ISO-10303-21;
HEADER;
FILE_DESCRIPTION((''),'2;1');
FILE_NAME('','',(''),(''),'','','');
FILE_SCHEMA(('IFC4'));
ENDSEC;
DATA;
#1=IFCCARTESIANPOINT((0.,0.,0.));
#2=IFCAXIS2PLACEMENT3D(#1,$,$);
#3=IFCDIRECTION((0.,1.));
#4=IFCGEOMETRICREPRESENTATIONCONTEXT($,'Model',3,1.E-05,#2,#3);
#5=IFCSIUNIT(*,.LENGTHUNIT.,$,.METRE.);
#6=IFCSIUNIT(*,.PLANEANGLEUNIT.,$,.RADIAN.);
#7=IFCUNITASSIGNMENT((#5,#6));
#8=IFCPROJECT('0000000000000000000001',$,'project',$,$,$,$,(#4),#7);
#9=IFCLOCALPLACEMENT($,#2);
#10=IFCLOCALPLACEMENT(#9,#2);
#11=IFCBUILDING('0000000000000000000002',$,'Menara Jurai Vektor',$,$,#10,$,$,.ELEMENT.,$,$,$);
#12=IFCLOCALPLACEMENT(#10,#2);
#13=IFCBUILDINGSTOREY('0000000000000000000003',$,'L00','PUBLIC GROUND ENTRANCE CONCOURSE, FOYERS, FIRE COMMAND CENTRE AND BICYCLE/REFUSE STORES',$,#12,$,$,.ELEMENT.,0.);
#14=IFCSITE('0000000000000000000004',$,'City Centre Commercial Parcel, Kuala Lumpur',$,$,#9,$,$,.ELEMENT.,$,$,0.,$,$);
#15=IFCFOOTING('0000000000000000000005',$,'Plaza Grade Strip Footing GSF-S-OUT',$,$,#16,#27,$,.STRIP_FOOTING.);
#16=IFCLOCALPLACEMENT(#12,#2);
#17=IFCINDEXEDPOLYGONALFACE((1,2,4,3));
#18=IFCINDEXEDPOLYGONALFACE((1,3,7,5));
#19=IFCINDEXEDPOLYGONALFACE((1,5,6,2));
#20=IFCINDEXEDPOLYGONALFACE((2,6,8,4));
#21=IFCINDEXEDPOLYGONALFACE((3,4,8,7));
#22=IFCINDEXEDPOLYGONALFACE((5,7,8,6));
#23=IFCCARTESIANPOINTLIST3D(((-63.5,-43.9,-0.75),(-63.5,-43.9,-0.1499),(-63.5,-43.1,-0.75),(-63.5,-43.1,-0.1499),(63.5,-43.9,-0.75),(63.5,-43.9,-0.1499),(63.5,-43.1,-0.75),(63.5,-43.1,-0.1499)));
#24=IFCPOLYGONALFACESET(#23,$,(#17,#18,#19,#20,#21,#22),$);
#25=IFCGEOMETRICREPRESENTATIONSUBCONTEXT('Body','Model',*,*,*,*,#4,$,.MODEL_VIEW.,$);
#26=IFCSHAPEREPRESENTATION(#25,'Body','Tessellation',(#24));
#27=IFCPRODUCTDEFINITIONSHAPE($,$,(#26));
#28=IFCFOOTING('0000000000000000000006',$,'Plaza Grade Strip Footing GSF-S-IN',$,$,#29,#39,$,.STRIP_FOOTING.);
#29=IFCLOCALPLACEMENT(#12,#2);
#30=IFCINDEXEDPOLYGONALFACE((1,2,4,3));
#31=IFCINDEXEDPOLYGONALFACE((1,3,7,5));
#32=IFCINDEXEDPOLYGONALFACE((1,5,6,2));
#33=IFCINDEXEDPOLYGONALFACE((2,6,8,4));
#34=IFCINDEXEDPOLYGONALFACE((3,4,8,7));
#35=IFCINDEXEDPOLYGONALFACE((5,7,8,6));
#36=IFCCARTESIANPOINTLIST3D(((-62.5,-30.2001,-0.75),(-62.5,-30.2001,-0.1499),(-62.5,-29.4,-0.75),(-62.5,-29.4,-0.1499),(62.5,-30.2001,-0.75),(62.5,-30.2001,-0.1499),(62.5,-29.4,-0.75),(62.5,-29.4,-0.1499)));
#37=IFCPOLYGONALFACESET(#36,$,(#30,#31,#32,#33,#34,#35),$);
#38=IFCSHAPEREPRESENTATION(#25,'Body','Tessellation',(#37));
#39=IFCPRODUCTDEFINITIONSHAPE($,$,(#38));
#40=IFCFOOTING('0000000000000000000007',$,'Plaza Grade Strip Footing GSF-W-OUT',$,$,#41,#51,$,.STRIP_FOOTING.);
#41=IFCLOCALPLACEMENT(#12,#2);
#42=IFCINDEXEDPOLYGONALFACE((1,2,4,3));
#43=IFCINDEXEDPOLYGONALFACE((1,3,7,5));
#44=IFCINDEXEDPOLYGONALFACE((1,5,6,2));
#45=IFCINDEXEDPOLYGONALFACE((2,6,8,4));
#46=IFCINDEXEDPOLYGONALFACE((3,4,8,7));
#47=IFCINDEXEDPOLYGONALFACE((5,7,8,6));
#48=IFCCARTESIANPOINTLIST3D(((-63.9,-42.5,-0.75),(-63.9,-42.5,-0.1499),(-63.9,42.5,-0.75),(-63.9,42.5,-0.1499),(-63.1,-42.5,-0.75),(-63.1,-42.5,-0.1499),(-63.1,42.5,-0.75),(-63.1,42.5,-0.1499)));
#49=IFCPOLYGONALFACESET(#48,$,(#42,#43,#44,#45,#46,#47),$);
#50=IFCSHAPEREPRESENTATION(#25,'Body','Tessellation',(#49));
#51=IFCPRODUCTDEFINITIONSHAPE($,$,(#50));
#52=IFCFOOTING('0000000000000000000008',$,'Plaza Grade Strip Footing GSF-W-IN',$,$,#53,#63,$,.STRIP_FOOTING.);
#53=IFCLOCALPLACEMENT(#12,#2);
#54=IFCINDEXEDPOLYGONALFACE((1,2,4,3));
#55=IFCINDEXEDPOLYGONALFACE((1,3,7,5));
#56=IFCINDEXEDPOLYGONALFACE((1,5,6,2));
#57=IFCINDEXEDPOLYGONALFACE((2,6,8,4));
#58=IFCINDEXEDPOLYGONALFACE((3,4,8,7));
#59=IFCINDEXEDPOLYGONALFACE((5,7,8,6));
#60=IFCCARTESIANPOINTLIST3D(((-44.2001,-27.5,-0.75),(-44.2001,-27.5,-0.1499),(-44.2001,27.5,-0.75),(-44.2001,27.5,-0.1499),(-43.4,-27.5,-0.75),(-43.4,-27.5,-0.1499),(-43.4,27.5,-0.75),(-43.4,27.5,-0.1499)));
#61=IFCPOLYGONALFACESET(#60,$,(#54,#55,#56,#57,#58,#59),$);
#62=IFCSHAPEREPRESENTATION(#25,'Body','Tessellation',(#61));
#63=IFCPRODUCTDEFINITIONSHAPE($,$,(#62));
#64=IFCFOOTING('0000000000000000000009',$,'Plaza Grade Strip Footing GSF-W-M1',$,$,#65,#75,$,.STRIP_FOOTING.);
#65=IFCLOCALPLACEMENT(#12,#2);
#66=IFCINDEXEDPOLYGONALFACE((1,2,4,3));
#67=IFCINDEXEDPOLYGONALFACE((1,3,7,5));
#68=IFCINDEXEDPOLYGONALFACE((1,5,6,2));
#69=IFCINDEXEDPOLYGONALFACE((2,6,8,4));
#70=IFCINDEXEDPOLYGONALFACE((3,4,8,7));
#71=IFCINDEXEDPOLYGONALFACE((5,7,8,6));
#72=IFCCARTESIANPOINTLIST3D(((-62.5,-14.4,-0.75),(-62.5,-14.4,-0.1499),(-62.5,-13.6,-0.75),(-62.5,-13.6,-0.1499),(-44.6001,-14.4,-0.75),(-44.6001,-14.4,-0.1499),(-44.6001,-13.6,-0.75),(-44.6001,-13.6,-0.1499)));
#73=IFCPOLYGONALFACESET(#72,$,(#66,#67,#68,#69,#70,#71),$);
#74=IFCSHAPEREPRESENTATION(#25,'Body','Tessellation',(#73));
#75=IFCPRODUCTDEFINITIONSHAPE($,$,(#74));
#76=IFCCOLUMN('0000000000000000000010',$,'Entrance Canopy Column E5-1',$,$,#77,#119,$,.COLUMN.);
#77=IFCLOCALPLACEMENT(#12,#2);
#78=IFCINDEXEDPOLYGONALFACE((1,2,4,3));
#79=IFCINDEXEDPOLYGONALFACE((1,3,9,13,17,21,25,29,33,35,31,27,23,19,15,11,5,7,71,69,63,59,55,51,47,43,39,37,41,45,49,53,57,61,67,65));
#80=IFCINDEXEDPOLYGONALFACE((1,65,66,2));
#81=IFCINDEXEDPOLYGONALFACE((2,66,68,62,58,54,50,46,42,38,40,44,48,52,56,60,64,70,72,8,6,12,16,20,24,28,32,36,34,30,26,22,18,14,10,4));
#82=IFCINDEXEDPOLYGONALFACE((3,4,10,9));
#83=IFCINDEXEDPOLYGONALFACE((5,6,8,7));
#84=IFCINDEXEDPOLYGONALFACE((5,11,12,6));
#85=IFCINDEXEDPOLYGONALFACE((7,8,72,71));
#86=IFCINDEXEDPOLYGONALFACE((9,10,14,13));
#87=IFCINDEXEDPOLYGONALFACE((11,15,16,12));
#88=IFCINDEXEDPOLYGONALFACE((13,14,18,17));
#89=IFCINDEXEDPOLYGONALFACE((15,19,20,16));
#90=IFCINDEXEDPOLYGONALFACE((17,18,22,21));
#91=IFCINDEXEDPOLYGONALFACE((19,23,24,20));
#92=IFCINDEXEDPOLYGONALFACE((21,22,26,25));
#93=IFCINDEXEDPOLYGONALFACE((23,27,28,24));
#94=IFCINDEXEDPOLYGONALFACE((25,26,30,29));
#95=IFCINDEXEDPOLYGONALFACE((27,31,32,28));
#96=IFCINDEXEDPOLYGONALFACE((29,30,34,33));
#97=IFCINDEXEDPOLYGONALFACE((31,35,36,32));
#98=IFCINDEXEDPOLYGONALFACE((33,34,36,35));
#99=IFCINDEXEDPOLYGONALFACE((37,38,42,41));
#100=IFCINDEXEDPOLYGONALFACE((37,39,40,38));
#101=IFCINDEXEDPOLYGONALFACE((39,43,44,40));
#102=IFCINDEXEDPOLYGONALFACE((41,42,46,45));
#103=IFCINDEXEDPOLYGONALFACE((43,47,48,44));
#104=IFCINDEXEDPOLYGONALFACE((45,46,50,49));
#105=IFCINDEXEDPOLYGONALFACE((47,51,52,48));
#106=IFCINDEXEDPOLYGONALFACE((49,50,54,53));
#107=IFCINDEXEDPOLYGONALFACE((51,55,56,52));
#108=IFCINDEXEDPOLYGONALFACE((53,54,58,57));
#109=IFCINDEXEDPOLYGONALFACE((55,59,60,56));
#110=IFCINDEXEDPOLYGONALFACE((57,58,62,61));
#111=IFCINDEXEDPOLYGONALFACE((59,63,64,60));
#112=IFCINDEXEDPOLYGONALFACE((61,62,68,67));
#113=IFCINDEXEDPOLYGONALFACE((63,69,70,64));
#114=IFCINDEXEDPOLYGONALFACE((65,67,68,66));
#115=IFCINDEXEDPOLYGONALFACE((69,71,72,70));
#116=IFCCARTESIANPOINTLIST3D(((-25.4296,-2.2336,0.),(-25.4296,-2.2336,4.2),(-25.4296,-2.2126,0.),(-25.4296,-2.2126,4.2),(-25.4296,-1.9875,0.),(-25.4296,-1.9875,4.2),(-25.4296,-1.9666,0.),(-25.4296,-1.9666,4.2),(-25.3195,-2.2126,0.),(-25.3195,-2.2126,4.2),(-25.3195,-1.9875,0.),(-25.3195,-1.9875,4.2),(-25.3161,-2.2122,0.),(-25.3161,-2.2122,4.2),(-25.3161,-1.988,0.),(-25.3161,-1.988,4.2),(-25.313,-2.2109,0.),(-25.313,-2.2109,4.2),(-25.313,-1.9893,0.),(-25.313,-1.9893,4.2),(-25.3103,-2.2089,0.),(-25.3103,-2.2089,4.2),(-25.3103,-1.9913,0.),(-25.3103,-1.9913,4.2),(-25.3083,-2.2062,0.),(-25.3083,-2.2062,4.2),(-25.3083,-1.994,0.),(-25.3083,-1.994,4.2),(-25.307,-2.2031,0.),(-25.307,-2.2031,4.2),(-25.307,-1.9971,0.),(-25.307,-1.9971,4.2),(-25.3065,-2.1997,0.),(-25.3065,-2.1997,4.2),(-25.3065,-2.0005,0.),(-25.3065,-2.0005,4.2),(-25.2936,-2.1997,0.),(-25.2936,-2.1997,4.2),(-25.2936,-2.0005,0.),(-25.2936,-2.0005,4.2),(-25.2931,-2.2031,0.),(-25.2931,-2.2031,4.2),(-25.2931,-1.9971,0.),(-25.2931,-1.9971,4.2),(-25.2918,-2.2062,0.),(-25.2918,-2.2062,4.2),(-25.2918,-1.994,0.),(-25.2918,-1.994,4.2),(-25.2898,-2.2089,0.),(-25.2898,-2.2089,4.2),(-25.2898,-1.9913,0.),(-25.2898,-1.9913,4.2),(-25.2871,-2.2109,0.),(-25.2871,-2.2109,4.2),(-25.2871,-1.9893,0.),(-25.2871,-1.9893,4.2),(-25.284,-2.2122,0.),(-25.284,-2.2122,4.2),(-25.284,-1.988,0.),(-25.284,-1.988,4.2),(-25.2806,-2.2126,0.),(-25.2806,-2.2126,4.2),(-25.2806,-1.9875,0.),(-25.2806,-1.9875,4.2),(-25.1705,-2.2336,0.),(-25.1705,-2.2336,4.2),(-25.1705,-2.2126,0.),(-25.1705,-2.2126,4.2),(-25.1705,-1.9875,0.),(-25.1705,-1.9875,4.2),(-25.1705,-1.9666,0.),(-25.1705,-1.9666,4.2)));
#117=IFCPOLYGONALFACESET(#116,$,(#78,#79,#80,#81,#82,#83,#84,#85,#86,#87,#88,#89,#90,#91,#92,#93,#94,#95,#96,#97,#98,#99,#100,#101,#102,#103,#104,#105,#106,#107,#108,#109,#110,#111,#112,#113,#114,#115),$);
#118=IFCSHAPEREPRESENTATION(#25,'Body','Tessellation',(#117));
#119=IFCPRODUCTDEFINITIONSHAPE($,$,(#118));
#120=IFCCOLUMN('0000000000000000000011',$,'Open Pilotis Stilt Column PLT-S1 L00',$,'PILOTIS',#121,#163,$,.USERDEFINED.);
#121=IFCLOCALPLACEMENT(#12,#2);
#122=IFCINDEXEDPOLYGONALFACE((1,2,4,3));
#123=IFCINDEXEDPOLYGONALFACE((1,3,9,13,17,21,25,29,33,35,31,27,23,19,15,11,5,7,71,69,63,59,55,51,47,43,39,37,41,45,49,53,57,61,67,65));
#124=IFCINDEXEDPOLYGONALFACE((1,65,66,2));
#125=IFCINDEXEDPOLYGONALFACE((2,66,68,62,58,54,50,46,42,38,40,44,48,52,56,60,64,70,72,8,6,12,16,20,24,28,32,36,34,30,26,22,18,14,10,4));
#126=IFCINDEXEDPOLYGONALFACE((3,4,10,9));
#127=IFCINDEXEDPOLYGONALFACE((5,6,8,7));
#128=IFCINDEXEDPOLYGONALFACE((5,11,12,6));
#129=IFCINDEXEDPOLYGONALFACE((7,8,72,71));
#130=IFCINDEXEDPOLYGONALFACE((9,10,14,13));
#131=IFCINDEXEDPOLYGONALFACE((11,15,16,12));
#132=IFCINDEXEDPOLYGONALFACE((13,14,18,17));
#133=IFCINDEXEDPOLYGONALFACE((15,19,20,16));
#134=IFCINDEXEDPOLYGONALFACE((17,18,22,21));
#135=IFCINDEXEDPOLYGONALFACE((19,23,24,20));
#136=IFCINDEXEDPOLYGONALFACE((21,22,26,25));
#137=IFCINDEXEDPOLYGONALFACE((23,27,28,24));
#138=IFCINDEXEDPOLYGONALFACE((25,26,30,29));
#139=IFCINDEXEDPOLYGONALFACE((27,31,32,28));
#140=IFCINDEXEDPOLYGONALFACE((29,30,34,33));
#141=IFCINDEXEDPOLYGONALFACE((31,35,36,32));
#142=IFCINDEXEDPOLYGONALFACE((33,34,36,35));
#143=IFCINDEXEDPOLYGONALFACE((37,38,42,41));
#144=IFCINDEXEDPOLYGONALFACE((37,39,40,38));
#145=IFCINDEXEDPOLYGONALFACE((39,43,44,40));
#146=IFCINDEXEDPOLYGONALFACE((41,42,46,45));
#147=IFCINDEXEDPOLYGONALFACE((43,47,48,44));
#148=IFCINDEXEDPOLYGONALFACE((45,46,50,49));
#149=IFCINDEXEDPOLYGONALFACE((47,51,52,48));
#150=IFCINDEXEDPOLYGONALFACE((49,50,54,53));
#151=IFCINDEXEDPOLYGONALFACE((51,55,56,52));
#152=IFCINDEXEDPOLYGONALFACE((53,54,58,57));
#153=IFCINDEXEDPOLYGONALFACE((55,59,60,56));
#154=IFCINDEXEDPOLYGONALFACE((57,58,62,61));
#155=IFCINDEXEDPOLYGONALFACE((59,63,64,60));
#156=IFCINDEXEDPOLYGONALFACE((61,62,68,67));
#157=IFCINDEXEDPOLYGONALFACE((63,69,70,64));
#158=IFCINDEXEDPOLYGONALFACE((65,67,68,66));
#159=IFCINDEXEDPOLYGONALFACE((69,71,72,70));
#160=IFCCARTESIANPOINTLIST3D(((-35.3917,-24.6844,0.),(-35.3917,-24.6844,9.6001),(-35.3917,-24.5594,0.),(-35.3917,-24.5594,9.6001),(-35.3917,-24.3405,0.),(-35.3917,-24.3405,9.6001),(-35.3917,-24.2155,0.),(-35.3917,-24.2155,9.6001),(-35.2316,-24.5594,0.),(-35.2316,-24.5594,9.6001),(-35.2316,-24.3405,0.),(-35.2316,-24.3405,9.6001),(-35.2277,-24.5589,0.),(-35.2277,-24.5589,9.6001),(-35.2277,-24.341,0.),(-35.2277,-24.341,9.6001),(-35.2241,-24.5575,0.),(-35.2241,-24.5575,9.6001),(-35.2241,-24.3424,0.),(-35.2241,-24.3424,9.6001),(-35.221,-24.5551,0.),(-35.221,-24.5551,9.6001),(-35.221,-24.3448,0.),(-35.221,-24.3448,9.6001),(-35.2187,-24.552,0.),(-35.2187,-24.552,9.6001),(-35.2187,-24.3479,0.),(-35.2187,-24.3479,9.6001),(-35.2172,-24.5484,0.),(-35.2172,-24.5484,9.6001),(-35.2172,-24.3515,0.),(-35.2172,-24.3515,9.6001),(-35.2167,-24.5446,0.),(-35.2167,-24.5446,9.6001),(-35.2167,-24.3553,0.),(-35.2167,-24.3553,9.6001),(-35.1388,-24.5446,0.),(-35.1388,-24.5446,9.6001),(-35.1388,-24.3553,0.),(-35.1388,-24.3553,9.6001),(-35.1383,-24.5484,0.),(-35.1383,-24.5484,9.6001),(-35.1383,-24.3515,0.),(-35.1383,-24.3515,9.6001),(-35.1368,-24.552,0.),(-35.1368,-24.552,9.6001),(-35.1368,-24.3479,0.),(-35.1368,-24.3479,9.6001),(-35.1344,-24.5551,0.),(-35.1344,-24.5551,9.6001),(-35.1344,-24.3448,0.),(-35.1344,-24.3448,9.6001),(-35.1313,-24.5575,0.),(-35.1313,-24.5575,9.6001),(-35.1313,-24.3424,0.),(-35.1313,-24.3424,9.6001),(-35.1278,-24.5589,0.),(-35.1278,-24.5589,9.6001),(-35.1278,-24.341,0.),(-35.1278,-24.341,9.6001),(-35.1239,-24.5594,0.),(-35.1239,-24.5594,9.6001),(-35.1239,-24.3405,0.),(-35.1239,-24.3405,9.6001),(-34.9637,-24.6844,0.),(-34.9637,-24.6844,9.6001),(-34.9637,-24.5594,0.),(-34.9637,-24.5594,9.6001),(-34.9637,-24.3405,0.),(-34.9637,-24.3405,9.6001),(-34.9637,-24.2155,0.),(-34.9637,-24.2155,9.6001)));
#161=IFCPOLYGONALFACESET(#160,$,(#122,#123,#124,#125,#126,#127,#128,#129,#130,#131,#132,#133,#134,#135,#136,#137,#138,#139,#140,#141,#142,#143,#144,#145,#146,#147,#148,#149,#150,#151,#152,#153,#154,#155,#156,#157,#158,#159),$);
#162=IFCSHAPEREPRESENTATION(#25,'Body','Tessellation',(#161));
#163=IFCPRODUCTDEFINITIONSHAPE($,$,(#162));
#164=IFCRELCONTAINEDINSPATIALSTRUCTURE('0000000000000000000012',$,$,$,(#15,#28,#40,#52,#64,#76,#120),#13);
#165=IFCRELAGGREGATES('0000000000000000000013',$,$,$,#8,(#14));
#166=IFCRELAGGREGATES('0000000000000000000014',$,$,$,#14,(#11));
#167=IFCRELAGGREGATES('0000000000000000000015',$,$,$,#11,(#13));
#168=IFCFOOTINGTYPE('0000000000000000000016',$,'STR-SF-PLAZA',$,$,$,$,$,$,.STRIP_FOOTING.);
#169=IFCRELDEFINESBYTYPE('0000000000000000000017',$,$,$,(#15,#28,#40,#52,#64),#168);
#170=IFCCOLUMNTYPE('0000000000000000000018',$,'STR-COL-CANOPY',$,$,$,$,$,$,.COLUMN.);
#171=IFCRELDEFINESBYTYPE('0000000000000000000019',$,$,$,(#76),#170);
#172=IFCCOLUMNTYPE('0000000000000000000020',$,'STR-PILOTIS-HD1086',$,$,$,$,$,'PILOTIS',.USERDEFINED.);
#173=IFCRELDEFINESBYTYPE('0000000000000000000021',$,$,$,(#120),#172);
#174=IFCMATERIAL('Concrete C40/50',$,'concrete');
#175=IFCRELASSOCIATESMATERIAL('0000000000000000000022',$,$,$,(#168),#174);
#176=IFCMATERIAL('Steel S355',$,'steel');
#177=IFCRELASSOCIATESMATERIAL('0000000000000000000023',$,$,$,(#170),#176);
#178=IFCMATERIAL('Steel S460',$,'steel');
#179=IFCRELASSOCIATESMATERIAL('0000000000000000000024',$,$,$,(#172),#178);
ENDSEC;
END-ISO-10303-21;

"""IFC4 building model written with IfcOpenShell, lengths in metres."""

from ifc_helpers import new_model, si_unit, direction, frame, origin, origin_2d, place, context, subcontext, project, spatial, rectangle, i_section, extrude, material, material_profile, profile_set, type_object, element, save


model = new_model("IFC4")

# Units and contexts
model_context = context("Model", 3, precision=1e-05, world=origin(), true_north=direction((0.0, 1.0)))
body_context = subcontext(model_context, "Body", "Model", "MODEL_VIEW")
ifc_project = project(units=[si_unit("LENGTHUNIT", "METRE"), si_unit("PLANEANGLEUNIT", "RADIAN")], contexts=[model_context])

# Site, building, storey
site_placement = place(None, origin())
site = spatial("IfcSite", under=ifc_project, at=site_placement, Name="City Centre Commercial Parcel, Kuala Lumpur", CompositionType="ELEMENT", RefElevation=0.0)
building_placement = place(site_placement, origin())
building = spatial("IfcBuilding", under=site, at=building_placement, Name="Menara Jurai Vektor", CompositionType="ELEMENT")
storey_placement = place(building_placement, origin())
storey = spatial("IfcBuildingStorey", under=building, at=storey_placement, Name="L00", Description="PUBLIC GROUND ENTRANCE CONCOURSE, FOYERS, FIRE COMMAND CENTRE AND BICYCLE/REFUSE STORES", CompositionType="ELEMENT", Elevation=0.0)

# Footings
ifc_material_1 = material(Name="Concrete C40/50", Category="concrete")
ifc_material_profile_1 = material_profile(ifc_material_1, rectangle(XDim=0.8, YDim=0.6001, at=origin_2d()), Name="RC 800x600")
ifc_profile_set_1 = profile_set([ifc_material_profile_1], Name="Concrete C40/50")
footing_type = type_object("IfcFootingType", Name="STR-SF-PLAZA", PredefinedType="STRIP_FOOTING", material=ifc_profile_set_1)
footing_1_placement = place(storey_placement, frame((-63.5, -43.5, -0.45), z_axis=(1.0, 0.0, 0.0), x_axis=(0.0, 1.0, 0.0)))
element("IfcFooting", 1, at=footing_1_placement, inside=storey, type_object=footing_type, Name="Plaza Grade Strip Footing GSF-S-OUT", PredefinedType="STRIP_FOOTING", context=body_context, shape_type="SweptSolid", body=[
    extrude(rectangle(XDim=0.8, YDim=0.6001, at=origin_2d()), origin(), (0.0, 0.0, 1.0), 127.0),
])
footing_2_placement = place(storey_placement, frame((-62.5, -29.8, -0.45), z_axis=(1.0, 0.0, 0.0), x_axis=(0.0, 1.0, 0.0)))
element("IfcFooting", 2, at=footing_2_placement, inside=storey, type_object=footing_type, Name="Plaza Grade Strip Footing GSF-S-IN", PredefinedType="STRIP_FOOTING", context=body_context, shape_type="SweptSolid", body=[
    extrude(rectangle(XDim=0.8, YDim=0.6001, at=origin_2d()), origin(), (0.0, 0.0, 1.0), 125.0),
])
footing_3_placement = place(storey_placement, frame((-63.5, -42.5, -0.45), z_axis=(0.0, 1.0, 0.0), x_axis=(-1.0, 0.0, 0.0)))
element("IfcFooting", 3, at=footing_3_placement, inside=storey, type_object=footing_type, Name="Plaza Grade Strip Footing GSF-W-OUT", PredefinedType="STRIP_FOOTING", context=body_context, shape_type="SweptSolid", body=[
    extrude(rectangle(XDim=0.8, YDim=0.6001, at=origin_2d()), origin(), (0.0, 0.0, 1.0), 85.0),
])
footing_4_placement = place(storey_placement, frame((-43.8, -27.5, -0.45), z_axis=(0.0, 1.0, 0.0), x_axis=(-1.0, 0.0, 0.0)))
element("IfcFooting", 4, at=footing_4_placement, inside=storey, type_object=footing_type, Name="Plaza Grade Strip Footing GSF-W-IN", PredefinedType="STRIP_FOOTING", context=body_context, shape_type="SweptSolid", body=[
    extrude(rectangle(XDim=0.8, YDim=0.6001, at=origin_2d()), origin(), (0.0, 0.0, 1.0), 55.0),
])
footing_5_placement = place(storey_placement, frame((-62.5, -14.0, -0.45), z_axis=(1.0, 0.0, 0.0), x_axis=(0.0, 1.0, 0.0)))
element("IfcFooting", 5, at=footing_5_placement, inside=storey, type_object=footing_type, Name="Plaza Grade Strip Footing GSF-W-M1", PredefinedType="STRIP_FOOTING", context=body_context, shape_type="SweptSolid", body=[
    extrude(rectangle(XDim=0.8, YDim=0.6001, at=origin_2d()), origin(), (0.0, 0.0, 1.0), 17.8999),
])

# Columns
ifc_material_2 = material(Name="Steel S355", Category="steel")
ifc_material_profile_2 = material_profile(ifc_material_2, i_section(OverallWidth=0.259, OverallDepth=0.2671, WebThickness=0.0129, FlangeThickness=0.021, FilletRadius=0.0129, at=origin_2d()), Name="UKC 254x254x107")
ifc_profile_set_2 = profile_set([ifc_material_profile_2], Name="Steel S355")
column_type_1 = type_object("IfcColumnType", Name="STR-COL-CANOPY", PredefinedType="COLUMN", material=ifc_profile_set_2)
column_placement = place(storey_placement, frame((-25.3, -2.1001, 0.0), z_axis=(0.0, 0.0, 1.0), x_axis=(1.0, 0.0, 0.0)))
element("IfcColumn", 6, at=column_placement, inside=storey, type_object=column_type_1, Name="Entrance Canopy Column E5-1", PredefinedType="COLUMN", context=body_context, shape_type="SweptSolid", body=[
    extrude(i_section(OverallWidth=0.259, OverallDepth=0.2671, WebThickness=0.0129, FlangeThickness=0.021, FilletRadius=0.0129, at=origin_2d()), origin(), (0.0, 0.0, 1.0), 4.2),
])
ifc_material_3 = material(Name="Steel S460", Category="steel")
ifc_material_profile_3 = material_profile(ifc_material_3, i_section(OverallWidth=0.428, OverallDepth=0.469, WebThickness=0.0779, FlangeThickness=0.125, FilletRadius=0.0149, at=origin_2d()), Name="HD 400x1086")
ifc_profile_set_3 = profile_set([ifc_material_profile_3], Name="Steel S460")
column_type_2 = type_object("IfcColumnType", Name="STR-PILOTIS-HD1086", ElementType="PILOTIS", PredefinedType="USERDEFINED", material=ifc_profile_set_3)
for number, where, z_axis, x_axis, name in (
    (7, (-35.1777, -24.45, 0.0), (0.0, 0.0, 1.0), (1.0, 0.0, 0.0), "Open Pilotis Stilt Column PLT-S1 L00"),
):
    element("IfcColumn", number, at=place(storey_placement, frame(where, z_axis=z_axis, x_axis=x_axis)), inside=storey, type_object=column_type_2, Name=name, ObjectType="PILOTIS", PredefinedType="USERDEFINED", context=body_context, shape_type="SweptSolid", body=[
        extrude(i_section(OverallWidth=0.428, OverallDepth=0.469, WebThickness=0.0779, FlangeThickness=0.125, FilletRadius=0.0149, at=origin_2d()), origin(), (0.0, 0.0, 1.0), 9.6001),
    ])

save(model, "model.ifc")
